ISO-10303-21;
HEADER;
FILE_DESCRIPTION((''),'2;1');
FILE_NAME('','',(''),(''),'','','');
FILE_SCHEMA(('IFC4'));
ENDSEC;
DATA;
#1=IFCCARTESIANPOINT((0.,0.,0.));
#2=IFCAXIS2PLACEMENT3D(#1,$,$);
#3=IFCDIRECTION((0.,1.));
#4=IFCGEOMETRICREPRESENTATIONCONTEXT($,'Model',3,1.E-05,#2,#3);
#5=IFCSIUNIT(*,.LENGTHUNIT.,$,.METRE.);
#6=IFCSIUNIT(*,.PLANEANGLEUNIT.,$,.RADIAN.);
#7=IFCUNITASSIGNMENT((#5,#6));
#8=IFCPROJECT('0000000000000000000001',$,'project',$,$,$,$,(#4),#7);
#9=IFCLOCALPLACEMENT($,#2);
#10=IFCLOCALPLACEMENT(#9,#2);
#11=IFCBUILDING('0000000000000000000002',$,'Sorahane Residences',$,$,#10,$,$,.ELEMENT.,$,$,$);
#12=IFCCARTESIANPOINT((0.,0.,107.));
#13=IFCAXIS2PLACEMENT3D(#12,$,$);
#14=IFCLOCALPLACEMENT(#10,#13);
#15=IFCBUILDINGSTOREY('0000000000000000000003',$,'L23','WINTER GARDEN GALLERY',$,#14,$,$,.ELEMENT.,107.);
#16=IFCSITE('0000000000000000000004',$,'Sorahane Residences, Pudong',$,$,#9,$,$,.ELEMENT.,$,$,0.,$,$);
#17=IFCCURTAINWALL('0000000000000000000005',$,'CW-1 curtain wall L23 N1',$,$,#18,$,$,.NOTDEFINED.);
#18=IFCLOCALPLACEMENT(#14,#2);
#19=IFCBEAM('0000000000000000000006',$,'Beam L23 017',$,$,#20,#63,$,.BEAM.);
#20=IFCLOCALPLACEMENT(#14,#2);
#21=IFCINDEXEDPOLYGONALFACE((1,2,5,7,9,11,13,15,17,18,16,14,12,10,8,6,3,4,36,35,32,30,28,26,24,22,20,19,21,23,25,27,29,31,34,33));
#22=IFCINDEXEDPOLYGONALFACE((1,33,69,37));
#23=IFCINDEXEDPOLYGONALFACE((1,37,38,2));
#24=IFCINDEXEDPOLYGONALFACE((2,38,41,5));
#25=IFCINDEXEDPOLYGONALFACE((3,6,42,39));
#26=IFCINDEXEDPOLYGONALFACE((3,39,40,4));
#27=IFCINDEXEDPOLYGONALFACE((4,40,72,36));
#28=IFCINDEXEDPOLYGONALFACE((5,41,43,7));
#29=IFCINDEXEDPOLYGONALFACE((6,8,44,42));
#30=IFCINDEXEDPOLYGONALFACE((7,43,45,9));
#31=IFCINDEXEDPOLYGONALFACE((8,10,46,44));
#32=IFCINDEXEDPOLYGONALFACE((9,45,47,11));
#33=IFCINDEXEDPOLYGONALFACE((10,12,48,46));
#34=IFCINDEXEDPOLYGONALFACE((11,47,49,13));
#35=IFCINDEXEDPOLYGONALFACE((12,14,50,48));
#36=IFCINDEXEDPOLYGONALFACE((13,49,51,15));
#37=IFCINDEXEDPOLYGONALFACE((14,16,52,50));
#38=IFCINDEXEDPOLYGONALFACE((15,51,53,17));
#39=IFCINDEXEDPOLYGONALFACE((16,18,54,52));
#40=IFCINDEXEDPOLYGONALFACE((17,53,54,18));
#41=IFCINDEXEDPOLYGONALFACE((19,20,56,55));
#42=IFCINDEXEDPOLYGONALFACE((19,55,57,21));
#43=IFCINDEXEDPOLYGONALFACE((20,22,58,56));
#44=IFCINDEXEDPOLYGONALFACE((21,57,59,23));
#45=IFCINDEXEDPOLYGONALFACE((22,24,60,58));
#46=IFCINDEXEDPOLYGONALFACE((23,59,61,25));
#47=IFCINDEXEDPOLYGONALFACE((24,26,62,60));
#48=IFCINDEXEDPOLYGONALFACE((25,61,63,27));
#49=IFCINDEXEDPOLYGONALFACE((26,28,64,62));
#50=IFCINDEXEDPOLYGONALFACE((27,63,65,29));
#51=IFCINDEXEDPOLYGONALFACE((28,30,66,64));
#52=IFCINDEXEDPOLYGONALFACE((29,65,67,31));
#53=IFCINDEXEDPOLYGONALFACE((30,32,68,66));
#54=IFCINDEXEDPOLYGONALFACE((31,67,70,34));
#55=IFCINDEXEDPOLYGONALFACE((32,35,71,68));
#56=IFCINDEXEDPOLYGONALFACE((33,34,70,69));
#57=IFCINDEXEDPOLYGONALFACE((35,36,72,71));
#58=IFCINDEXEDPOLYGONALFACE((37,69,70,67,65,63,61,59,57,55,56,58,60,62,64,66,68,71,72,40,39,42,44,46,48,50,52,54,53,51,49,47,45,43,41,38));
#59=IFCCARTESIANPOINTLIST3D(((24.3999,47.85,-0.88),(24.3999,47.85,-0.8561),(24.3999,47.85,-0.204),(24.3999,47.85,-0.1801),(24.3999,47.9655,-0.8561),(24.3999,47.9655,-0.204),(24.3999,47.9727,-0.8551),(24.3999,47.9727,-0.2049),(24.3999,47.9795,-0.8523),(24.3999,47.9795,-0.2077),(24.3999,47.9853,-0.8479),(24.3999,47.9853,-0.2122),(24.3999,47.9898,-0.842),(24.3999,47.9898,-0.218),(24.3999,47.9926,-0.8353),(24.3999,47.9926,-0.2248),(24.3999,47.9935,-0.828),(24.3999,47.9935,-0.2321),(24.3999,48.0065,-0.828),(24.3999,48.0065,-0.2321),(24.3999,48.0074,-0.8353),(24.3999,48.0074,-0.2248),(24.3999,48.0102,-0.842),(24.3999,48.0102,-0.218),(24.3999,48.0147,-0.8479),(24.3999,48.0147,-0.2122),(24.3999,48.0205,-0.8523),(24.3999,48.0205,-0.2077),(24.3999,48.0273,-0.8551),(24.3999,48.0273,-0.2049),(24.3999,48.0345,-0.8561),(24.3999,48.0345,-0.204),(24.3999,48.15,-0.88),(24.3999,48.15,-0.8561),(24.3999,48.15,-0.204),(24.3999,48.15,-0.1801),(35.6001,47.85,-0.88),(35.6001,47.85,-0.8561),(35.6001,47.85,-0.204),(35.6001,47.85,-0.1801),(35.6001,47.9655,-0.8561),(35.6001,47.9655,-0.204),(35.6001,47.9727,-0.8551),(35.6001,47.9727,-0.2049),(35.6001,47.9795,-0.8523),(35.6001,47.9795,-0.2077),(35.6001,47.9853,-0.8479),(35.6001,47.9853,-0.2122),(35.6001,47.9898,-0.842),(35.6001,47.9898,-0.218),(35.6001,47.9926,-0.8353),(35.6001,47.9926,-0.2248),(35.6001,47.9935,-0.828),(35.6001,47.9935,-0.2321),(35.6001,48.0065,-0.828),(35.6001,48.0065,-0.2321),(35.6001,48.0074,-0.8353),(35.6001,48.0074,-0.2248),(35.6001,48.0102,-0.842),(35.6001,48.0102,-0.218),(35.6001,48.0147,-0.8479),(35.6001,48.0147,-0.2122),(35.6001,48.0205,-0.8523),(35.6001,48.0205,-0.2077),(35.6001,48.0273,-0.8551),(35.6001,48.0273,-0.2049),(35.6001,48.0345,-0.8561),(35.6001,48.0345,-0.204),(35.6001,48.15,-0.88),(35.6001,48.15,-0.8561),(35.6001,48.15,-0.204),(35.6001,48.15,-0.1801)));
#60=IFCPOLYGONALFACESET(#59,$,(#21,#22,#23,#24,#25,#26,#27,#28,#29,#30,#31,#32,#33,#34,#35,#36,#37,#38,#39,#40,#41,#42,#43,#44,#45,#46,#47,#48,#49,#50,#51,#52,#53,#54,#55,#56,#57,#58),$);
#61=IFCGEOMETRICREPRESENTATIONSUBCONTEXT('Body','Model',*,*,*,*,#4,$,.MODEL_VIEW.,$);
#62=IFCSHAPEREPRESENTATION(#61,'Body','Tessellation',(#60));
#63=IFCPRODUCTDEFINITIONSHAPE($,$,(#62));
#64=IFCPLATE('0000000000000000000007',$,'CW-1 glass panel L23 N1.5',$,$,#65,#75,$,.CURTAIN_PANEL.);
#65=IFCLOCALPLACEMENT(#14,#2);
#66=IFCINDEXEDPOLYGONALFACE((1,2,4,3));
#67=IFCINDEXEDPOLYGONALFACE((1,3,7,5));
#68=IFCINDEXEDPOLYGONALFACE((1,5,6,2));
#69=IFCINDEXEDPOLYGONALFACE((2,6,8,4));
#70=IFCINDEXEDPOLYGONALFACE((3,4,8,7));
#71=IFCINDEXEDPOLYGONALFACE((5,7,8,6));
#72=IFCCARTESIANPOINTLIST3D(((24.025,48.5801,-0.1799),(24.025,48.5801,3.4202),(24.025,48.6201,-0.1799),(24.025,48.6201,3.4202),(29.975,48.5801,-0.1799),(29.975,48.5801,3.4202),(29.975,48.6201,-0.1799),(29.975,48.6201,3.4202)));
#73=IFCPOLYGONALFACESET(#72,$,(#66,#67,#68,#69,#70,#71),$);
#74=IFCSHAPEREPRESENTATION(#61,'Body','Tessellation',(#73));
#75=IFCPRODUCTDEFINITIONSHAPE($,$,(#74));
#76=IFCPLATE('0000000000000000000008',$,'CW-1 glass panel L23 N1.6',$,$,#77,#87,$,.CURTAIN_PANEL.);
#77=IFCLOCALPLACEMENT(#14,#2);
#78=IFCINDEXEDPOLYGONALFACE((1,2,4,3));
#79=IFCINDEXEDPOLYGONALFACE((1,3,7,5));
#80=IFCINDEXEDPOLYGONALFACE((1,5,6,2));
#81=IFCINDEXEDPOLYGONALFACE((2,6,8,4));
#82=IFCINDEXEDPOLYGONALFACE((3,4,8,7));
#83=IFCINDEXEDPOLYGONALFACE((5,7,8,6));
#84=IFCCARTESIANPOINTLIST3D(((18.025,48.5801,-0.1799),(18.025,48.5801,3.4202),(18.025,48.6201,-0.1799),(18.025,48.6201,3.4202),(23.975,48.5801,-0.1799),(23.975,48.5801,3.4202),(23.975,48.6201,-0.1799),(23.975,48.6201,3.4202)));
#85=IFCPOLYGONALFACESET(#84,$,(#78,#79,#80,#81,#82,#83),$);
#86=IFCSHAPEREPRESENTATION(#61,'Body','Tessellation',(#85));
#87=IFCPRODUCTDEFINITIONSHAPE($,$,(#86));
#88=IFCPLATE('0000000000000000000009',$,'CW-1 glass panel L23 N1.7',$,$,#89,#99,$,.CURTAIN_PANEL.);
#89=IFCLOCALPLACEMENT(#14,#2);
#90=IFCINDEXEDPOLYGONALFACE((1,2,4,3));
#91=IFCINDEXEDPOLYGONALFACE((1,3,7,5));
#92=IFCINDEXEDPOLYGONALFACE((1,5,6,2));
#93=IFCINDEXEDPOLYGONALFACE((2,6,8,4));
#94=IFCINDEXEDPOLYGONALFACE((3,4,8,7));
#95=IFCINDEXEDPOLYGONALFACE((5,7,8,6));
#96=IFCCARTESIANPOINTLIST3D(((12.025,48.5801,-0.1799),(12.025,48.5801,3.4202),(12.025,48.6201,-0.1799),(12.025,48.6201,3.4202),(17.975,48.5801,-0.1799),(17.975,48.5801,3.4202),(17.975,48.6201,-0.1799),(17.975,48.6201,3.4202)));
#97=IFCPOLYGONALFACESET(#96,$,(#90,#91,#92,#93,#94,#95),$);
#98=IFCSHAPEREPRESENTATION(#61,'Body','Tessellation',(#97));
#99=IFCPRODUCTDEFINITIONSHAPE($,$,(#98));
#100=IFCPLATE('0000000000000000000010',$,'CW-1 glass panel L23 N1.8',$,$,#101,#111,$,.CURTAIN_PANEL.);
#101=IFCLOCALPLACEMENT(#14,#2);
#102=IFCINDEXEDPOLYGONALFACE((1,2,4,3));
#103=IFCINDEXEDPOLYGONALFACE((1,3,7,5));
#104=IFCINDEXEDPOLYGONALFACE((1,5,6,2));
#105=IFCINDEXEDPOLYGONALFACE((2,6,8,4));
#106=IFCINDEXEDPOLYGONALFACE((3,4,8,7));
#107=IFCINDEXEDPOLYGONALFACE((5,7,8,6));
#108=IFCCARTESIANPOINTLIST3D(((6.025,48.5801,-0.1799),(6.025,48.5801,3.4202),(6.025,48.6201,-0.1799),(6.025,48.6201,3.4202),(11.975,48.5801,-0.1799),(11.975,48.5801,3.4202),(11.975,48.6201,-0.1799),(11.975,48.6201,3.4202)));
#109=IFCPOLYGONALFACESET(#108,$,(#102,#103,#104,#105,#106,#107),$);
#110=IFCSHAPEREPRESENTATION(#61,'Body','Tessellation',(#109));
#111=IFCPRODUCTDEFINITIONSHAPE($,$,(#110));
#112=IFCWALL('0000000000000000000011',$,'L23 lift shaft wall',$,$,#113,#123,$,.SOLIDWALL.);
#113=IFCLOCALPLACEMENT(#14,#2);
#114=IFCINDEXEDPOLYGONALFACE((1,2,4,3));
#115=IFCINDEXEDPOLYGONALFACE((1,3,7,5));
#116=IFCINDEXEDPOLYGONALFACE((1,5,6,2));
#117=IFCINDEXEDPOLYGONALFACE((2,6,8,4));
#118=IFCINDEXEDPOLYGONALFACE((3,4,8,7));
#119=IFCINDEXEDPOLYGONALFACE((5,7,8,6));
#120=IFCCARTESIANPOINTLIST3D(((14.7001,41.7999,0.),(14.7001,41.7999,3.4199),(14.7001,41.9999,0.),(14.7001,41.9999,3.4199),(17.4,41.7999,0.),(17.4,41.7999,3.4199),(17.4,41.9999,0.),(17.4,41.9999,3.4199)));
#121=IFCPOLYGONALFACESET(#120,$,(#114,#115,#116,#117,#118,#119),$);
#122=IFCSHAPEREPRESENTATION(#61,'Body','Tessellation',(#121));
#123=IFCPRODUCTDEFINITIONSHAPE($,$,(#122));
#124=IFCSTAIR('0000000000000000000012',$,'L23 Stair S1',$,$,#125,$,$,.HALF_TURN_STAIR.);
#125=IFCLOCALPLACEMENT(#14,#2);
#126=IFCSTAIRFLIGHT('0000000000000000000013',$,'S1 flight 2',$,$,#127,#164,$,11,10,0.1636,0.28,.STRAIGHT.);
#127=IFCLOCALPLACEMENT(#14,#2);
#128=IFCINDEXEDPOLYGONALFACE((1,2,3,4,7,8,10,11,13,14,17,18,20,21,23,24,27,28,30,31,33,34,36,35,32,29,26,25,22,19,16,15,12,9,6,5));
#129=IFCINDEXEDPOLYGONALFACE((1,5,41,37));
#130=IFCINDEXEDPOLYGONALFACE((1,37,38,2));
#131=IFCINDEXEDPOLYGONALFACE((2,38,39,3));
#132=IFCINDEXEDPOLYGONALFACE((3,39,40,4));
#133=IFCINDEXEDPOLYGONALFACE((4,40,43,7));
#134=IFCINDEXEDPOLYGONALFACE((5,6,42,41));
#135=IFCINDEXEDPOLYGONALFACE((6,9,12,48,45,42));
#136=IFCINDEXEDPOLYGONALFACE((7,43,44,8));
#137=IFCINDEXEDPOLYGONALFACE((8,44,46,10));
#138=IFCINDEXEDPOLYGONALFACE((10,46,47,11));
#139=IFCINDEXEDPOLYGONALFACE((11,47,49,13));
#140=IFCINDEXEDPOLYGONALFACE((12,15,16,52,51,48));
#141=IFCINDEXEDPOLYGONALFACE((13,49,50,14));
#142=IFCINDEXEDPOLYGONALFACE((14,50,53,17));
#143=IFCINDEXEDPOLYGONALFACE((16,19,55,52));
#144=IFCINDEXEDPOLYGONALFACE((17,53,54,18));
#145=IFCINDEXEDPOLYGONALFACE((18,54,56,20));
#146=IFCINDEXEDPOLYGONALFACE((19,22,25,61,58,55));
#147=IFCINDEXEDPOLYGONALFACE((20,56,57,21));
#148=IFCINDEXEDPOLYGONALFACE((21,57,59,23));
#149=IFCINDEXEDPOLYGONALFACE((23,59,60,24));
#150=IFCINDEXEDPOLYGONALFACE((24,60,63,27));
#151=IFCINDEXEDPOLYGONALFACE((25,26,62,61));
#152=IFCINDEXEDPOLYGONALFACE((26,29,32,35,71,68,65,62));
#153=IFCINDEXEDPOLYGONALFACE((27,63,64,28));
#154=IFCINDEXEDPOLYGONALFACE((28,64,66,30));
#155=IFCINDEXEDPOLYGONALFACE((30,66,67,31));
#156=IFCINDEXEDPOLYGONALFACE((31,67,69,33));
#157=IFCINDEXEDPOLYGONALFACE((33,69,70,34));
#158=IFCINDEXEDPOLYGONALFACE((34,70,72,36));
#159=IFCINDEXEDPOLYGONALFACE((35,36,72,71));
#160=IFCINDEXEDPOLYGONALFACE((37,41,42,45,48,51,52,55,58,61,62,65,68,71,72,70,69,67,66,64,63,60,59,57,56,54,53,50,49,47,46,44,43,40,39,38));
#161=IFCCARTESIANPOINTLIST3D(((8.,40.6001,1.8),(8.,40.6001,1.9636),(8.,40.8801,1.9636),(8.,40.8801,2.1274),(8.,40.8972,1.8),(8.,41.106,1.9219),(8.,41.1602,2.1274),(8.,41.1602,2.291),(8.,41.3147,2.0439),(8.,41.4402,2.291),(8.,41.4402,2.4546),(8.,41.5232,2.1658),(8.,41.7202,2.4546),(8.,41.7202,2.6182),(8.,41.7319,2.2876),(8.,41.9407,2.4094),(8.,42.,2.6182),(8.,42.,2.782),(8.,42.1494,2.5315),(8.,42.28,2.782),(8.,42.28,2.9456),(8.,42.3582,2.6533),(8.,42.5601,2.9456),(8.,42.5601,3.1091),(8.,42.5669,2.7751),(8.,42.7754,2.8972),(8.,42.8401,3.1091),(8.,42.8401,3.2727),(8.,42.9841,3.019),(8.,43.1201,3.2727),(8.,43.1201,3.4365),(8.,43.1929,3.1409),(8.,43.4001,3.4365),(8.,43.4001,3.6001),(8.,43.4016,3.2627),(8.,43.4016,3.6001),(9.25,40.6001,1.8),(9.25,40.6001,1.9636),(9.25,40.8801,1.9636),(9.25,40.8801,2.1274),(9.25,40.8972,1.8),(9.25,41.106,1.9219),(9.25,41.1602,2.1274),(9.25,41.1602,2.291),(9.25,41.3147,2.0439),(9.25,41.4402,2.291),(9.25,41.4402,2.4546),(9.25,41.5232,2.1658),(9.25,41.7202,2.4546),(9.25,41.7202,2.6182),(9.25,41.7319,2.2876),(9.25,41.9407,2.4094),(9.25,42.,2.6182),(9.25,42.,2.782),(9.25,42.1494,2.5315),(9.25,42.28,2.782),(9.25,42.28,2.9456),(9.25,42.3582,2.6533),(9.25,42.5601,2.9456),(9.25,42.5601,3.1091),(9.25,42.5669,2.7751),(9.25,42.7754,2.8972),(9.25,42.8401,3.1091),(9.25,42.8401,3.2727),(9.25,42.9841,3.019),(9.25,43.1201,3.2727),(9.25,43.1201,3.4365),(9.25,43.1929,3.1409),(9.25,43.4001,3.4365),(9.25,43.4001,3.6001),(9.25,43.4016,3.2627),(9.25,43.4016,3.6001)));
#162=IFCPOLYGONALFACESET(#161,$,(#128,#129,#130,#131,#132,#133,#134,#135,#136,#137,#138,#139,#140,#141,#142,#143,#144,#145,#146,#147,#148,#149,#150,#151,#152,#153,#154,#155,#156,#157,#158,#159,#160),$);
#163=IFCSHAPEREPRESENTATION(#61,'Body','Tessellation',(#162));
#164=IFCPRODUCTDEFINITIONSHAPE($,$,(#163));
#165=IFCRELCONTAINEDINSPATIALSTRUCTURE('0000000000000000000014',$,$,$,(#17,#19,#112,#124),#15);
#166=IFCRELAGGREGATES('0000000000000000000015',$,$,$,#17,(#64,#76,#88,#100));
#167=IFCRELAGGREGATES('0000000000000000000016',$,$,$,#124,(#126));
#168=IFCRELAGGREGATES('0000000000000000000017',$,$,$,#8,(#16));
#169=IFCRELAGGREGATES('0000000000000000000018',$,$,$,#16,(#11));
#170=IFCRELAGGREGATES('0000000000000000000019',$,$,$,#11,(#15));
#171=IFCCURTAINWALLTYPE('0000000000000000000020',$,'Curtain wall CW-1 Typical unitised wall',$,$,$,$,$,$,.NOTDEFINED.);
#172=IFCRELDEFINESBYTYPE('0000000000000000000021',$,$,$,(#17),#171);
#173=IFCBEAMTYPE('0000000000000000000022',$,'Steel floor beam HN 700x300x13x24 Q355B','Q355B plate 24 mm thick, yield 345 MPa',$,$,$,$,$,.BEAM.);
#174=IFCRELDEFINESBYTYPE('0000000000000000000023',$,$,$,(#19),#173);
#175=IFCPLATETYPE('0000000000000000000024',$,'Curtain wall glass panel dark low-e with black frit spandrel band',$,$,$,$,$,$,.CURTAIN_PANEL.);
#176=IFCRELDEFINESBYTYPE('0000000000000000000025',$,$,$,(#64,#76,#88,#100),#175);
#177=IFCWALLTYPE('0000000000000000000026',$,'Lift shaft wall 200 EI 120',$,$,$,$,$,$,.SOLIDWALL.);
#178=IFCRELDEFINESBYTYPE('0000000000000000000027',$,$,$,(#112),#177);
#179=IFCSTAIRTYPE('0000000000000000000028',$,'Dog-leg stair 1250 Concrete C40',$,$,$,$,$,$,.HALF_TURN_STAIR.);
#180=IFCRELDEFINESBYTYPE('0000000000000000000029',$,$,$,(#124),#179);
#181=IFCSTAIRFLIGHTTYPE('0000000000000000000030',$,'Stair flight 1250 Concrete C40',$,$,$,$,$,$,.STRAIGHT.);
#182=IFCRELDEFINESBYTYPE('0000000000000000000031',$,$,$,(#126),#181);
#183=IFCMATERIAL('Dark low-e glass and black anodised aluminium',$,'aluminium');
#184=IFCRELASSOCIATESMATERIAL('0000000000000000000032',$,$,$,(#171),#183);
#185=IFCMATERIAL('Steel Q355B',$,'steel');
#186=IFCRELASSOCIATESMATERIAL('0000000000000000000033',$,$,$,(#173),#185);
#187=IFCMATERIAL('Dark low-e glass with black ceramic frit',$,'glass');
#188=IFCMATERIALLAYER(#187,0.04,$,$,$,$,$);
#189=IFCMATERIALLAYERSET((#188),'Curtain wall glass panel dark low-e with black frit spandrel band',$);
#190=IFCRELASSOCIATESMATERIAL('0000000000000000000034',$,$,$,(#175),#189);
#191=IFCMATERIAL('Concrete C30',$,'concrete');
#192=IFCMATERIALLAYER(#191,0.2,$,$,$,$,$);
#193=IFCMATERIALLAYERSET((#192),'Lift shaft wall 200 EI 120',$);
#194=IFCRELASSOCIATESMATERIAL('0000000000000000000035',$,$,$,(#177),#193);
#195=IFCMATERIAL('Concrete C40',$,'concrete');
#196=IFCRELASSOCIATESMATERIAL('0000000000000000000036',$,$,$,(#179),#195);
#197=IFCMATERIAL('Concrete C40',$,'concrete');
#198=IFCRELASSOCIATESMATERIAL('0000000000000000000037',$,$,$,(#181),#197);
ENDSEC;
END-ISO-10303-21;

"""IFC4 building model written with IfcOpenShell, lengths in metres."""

from ifc_helpers import new_model, si_unit, direction, frame, frame_2d, origin, origin_2d, place, context, subcontext, project, spatial, polyline, rectangle, i_section, outline, extrude, material, layer, layer_set, material_profile, profile_set, type_object, element, aggregate, save


model = new_model("IFC4")

# Units and contexts
model_context = context("Model", 3, precision=1e-05, world=origin(), true_north=direction((0.0, 1.0)))
body_context = subcontext(model_context, "Body", "Model", "MODEL_VIEW")
ifc_project = project(units=[si_unit("LENGTHUNIT", "METRE"), si_unit("PLANEANGLEUNIT", "RADIAN")], contexts=[model_context])

# Site, building, storey
site_placement = place(None, origin())
site = spatial("IfcSite", under=ifc_project, at=site_placement, Name="Sorahane Residences, Pudong", CompositionType="ELEMENT", RefElevation=0.0)
building_placement = place(site_placement, origin())
building = spatial("IfcBuilding", under=site, at=building_placement, Name="Sorahane Residences", CompositionType="ELEMENT")
storey_placement = place(building_placement, frame((0.0, 0.0, 107.0)))
storey = spatial("IfcBuildingStorey", under=building, at=storey_placement, Name="L23", Description="WINTER GARDEN GALLERY", CompositionType="ELEMENT", Elevation=107.0)

# Curtain wall
ifc_material_1 = material(Name="Dark low-e glass and black anodised aluminium", Category="aluminium")
curtain_wall_type = type_object("IfcCurtainWallType", Name="Curtain wall CW-1 Typical unitised wall", PredefinedType="NOTDEFINED", material=ifc_material_1)
curtain_wall_placement = place(storey_placement, origin())
curtain_wall = element("IfcCurtainWall", 1, at=curtain_wall_placement, inside=storey, type_object=curtain_wall_type, Name="CW-1 curtain wall L23 N1", PredefinedType="NOTDEFINED")

# Beam
ifc_material_2 = material(Name="Steel Q355B", Category="steel")
ifc_material_profile_1 = material_profile(ifc_material_2, i_section(OverallWidth=0.3, OverallDepth=0.7, WebThickness=0.0129, FlangeThickness=0.0239, FilletRadius=0.0281, at=origin_2d()), Name="HN 700x300x13x24")
ifc_profile_set_1 = profile_set([ifc_material_profile_1], Name="Steel Q355B")
beam_type_1 = type_object("IfcBeamType", Name="Steel floor beam HN 700x300x13x24 Q355B", Description="Q355B plate 24 mm thick, yield 345 MPa", PredefinedType="BEAM", material=ifc_profile_set_1)
for number, where, z_axis, x_axis, name in (
    (2, (24.3999, 48.0, -0.53), (1.0, 0.0, 0.0), (0.0, 1.0, 0.0), "Beam L23 017"),
):
    element("IfcBeam", number, at=place(storey_placement, frame(where, z_axis=z_axis, x_axis=x_axis)), inside=storey, type_object=beam_type_1, Name=name, PredefinedType="BEAM", context=body_context, shape_type="SweptSolid", body=[
        extrude(i_section(OverallWidth=0.3, OverallDepth=0.7, WebThickness=0.0129, FlangeThickness=0.0239, FilletRadius=0.0281, at=origin_2d()), origin(), (0.0, 0.0, 1.0), 11.2002),
    ])

# Plates
ifc_material_3 = material(Name="Dark low-e glass with black ceramic frit", Category="glass")
ifc_layer_1 = layer(ifc_material_3, 0.04)
ifc_layer_set_1 = layer_set([ifc_layer_1], Name="Curtain wall glass panel dark low-e with black frit spandrel band")
plate_type = type_object("IfcPlateType", Name="Curtain wall glass panel dark low-e with black frit spandrel band", PredefinedType="CURTAIN_PANEL", material=ifc_layer_set_1)
plate_1_placement = place(storey_placement, frame((27.0, 48.6001, -0.1799), z_axis=(0.0, 0.0, 1.0), x_axis=(-1.0, 0.0, 0.0)))
plate_1 = element("IfcPlate", 3, at=plate_1_placement, type_object=plate_type, Name="CW-1 glass panel L23 N1.5", PredefinedType="CURTAIN_PANEL", context=body_context, shape_type="SweptSolid", body=[
    extrude(rectangle(XDim=5.95, YDim=0.04, at=origin_2d()), origin(), (0.0, 0.0, 1.0), 3.6001),
])
plate_2_placement = place(storey_placement, frame((21.0, 48.6001, -0.1799), z_axis=(0.0, 0.0, 1.0), x_axis=(-1.0, 0.0, 0.0)))
plate_2 = element("IfcPlate", 4, at=plate_2_placement, type_object=plate_type, Name="CW-1 glass panel L23 N1.6", PredefinedType="CURTAIN_PANEL", context=body_context, shape_type="SweptSolid", body=[
    extrude(rectangle(XDim=5.95, YDim=0.04, at=origin_2d()), origin(), (0.0, 0.0, 1.0), 3.6001),
])
plate_3_placement = place(storey_placement, frame((15.0, 48.6001, -0.1799), z_axis=(0.0, 0.0, 1.0), x_axis=(-1.0, 0.0, 0.0)))
plate_3 = element("IfcPlate", 5, at=plate_3_placement, type_object=plate_type, Name="CW-1 glass panel L23 N1.7", PredefinedType="CURTAIN_PANEL", context=body_context, shape_type="SweptSolid", body=[
    extrude(rectangle(XDim=5.95, YDim=0.04, at=origin_2d()), origin(), (0.0, 0.0, 1.0), 3.6001),
])
plate_4_placement = place(storey_placement, frame((9.0, 48.6001, -0.1799), z_axis=(0.0, 0.0, 1.0), x_axis=(-1.0, 0.0, 0.0)))
plate_4 = element("IfcPlate", 6, at=plate_4_placement, type_object=plate_type, Name="CW-1 glass panel L23 N1.8", PredefinedType="CURTAIN_PANEL", context=body_context, shape_type="SweptSolid", body=[
    extrude(rectangle(XDim=5.95, YDim=0.04, at=origin_2d()), origin(), (0.0, 0.0, 1.0), 3.6001),
])
aggregate(curtain_wall, [plate_1, plate_2, plate_3, plate_4])

# Wall
ifc_material_4 = material(Name="Concrete C30", Category="concrete")
ifc_layer_2 = layer(ifc_material_4, 0.2)
ifc_layer_set_2 = layer_set([ifc_layer_2], Name="Lift shaft wall 200 EI 120")
wall_type = type_object("IfcWallType", Name="Lift shaft wall 200 EI 120", PredefinedType="SOLIDWALL", material=ifc_layer_set_2)
wall_placement = place(storey_placement, frame((14.7, 41.8999, 0.0), z_axis=(0.0, 0.0, 1.0), x_axis=(1.0, 0.0, 0.0)))
element("IfcWall", 7, at=wall_placement, inside=storey, type_object=wall_type, Name="L23 lift shaft wall", PredefinedType="SOLIDWALL", context=body_context, shape_type="SweptSolid", body=[
    extrude(rectangle(XDim=2.7, YDim=0.2, at=frame_2d((1.3501, 0.0))), origin(), (0.0, 0.0, 1.0), 3.4199),
])

# Stair, stair flight
ifc_material_5 = material(Name="Concrete C40", Category="concrete")
stair_type = type_object("IfcStairType", Name="Dog-leg stair 1250 Concrete C40", PredefinedType="HALF_TURN_STAIR", material=ifc_material_5)
stair_1_placement = place(storey_placement, origin())
stair_1 = element("IfcStair", 8, at=stair_1_placement, inside=storey, type_object=stair_type, Name="L23 Stair S1", PredefinedType="HALF_TURN_STAIR")
ifc_material_6 = material(Name="Concrete C40", Category="concrete")
stair_flight_type = type_object("IfcStairFlightType", Name="Stair flight 1250 Concrete C40", PredefinedType="STRAIGHT", material=ifc_material_6)
stair_flight_1_placement = place(storey_placement, frame((8.625, 40.6001, 1.8), z_axis=(0.0, 0.0, 1.0), x_axis=(0.0, 1.0, 0.0)))
stair_flight_1 = element("IfcStairFlight", 9, at=stair_flight_1_placement, type_object=stair_flight_type, Name="S1 flight 2", NumberOfRisers=11, NumberOfTreads=10, PredefinedType="STRAIGHT", RiserHeight=0.1636, TreadLength=0.28, context=body_context, shape_type="SweptSolid", body=[
    extrude(outline(polyline([(0.0, 0.0), (0.0, 0.1636), (0.28, 0.1636), (0.28, 0.3274), (0.5601, 0.3274), (0.5601, 0.491), (0.8401, 0.491), (0.8401, 0.6545), (1.1201, 0.6545), (1.1201, 0.8181), (1.3999, 0.8181), (1.3999, 0.9819), (1.6799, 0.9819), (1.6799, 1.1455), (1.96, 1.1455), (1.96, 1.3091), (2.24, 1.3091), (2.24, 1.4727), (2.52, 1.4727), (2.52, 1.6365), (2.8, 1.6365), (2.8, 1.8), (2.8015, 1.8), (2.8015, 1.4626), (2.5928, 1.3408), (2.384, 1.219), (2.1753, 1.0972), (1.9668, 0.9751), (1.7581, 0.8533), (1.5493, 0.7314), (1.3406, 0.6094), (1.1318, 0.4875), (0.9231, 0.3657), (0.7146, 0.2439), (0.5059, 0.1218), (0.2971, 0.0), (0.0, 0.0)])), frame((0.0, 0.625, 0.0), z_axis=(0.0, -1.0, 0.0), x_axis=(1.0, 0.0, 0.0)), (0.0, 0.0, 1.0), 1.25),
])
aggregate(stair_1, [stair_flight_1])

save(model, "model.ifc")
